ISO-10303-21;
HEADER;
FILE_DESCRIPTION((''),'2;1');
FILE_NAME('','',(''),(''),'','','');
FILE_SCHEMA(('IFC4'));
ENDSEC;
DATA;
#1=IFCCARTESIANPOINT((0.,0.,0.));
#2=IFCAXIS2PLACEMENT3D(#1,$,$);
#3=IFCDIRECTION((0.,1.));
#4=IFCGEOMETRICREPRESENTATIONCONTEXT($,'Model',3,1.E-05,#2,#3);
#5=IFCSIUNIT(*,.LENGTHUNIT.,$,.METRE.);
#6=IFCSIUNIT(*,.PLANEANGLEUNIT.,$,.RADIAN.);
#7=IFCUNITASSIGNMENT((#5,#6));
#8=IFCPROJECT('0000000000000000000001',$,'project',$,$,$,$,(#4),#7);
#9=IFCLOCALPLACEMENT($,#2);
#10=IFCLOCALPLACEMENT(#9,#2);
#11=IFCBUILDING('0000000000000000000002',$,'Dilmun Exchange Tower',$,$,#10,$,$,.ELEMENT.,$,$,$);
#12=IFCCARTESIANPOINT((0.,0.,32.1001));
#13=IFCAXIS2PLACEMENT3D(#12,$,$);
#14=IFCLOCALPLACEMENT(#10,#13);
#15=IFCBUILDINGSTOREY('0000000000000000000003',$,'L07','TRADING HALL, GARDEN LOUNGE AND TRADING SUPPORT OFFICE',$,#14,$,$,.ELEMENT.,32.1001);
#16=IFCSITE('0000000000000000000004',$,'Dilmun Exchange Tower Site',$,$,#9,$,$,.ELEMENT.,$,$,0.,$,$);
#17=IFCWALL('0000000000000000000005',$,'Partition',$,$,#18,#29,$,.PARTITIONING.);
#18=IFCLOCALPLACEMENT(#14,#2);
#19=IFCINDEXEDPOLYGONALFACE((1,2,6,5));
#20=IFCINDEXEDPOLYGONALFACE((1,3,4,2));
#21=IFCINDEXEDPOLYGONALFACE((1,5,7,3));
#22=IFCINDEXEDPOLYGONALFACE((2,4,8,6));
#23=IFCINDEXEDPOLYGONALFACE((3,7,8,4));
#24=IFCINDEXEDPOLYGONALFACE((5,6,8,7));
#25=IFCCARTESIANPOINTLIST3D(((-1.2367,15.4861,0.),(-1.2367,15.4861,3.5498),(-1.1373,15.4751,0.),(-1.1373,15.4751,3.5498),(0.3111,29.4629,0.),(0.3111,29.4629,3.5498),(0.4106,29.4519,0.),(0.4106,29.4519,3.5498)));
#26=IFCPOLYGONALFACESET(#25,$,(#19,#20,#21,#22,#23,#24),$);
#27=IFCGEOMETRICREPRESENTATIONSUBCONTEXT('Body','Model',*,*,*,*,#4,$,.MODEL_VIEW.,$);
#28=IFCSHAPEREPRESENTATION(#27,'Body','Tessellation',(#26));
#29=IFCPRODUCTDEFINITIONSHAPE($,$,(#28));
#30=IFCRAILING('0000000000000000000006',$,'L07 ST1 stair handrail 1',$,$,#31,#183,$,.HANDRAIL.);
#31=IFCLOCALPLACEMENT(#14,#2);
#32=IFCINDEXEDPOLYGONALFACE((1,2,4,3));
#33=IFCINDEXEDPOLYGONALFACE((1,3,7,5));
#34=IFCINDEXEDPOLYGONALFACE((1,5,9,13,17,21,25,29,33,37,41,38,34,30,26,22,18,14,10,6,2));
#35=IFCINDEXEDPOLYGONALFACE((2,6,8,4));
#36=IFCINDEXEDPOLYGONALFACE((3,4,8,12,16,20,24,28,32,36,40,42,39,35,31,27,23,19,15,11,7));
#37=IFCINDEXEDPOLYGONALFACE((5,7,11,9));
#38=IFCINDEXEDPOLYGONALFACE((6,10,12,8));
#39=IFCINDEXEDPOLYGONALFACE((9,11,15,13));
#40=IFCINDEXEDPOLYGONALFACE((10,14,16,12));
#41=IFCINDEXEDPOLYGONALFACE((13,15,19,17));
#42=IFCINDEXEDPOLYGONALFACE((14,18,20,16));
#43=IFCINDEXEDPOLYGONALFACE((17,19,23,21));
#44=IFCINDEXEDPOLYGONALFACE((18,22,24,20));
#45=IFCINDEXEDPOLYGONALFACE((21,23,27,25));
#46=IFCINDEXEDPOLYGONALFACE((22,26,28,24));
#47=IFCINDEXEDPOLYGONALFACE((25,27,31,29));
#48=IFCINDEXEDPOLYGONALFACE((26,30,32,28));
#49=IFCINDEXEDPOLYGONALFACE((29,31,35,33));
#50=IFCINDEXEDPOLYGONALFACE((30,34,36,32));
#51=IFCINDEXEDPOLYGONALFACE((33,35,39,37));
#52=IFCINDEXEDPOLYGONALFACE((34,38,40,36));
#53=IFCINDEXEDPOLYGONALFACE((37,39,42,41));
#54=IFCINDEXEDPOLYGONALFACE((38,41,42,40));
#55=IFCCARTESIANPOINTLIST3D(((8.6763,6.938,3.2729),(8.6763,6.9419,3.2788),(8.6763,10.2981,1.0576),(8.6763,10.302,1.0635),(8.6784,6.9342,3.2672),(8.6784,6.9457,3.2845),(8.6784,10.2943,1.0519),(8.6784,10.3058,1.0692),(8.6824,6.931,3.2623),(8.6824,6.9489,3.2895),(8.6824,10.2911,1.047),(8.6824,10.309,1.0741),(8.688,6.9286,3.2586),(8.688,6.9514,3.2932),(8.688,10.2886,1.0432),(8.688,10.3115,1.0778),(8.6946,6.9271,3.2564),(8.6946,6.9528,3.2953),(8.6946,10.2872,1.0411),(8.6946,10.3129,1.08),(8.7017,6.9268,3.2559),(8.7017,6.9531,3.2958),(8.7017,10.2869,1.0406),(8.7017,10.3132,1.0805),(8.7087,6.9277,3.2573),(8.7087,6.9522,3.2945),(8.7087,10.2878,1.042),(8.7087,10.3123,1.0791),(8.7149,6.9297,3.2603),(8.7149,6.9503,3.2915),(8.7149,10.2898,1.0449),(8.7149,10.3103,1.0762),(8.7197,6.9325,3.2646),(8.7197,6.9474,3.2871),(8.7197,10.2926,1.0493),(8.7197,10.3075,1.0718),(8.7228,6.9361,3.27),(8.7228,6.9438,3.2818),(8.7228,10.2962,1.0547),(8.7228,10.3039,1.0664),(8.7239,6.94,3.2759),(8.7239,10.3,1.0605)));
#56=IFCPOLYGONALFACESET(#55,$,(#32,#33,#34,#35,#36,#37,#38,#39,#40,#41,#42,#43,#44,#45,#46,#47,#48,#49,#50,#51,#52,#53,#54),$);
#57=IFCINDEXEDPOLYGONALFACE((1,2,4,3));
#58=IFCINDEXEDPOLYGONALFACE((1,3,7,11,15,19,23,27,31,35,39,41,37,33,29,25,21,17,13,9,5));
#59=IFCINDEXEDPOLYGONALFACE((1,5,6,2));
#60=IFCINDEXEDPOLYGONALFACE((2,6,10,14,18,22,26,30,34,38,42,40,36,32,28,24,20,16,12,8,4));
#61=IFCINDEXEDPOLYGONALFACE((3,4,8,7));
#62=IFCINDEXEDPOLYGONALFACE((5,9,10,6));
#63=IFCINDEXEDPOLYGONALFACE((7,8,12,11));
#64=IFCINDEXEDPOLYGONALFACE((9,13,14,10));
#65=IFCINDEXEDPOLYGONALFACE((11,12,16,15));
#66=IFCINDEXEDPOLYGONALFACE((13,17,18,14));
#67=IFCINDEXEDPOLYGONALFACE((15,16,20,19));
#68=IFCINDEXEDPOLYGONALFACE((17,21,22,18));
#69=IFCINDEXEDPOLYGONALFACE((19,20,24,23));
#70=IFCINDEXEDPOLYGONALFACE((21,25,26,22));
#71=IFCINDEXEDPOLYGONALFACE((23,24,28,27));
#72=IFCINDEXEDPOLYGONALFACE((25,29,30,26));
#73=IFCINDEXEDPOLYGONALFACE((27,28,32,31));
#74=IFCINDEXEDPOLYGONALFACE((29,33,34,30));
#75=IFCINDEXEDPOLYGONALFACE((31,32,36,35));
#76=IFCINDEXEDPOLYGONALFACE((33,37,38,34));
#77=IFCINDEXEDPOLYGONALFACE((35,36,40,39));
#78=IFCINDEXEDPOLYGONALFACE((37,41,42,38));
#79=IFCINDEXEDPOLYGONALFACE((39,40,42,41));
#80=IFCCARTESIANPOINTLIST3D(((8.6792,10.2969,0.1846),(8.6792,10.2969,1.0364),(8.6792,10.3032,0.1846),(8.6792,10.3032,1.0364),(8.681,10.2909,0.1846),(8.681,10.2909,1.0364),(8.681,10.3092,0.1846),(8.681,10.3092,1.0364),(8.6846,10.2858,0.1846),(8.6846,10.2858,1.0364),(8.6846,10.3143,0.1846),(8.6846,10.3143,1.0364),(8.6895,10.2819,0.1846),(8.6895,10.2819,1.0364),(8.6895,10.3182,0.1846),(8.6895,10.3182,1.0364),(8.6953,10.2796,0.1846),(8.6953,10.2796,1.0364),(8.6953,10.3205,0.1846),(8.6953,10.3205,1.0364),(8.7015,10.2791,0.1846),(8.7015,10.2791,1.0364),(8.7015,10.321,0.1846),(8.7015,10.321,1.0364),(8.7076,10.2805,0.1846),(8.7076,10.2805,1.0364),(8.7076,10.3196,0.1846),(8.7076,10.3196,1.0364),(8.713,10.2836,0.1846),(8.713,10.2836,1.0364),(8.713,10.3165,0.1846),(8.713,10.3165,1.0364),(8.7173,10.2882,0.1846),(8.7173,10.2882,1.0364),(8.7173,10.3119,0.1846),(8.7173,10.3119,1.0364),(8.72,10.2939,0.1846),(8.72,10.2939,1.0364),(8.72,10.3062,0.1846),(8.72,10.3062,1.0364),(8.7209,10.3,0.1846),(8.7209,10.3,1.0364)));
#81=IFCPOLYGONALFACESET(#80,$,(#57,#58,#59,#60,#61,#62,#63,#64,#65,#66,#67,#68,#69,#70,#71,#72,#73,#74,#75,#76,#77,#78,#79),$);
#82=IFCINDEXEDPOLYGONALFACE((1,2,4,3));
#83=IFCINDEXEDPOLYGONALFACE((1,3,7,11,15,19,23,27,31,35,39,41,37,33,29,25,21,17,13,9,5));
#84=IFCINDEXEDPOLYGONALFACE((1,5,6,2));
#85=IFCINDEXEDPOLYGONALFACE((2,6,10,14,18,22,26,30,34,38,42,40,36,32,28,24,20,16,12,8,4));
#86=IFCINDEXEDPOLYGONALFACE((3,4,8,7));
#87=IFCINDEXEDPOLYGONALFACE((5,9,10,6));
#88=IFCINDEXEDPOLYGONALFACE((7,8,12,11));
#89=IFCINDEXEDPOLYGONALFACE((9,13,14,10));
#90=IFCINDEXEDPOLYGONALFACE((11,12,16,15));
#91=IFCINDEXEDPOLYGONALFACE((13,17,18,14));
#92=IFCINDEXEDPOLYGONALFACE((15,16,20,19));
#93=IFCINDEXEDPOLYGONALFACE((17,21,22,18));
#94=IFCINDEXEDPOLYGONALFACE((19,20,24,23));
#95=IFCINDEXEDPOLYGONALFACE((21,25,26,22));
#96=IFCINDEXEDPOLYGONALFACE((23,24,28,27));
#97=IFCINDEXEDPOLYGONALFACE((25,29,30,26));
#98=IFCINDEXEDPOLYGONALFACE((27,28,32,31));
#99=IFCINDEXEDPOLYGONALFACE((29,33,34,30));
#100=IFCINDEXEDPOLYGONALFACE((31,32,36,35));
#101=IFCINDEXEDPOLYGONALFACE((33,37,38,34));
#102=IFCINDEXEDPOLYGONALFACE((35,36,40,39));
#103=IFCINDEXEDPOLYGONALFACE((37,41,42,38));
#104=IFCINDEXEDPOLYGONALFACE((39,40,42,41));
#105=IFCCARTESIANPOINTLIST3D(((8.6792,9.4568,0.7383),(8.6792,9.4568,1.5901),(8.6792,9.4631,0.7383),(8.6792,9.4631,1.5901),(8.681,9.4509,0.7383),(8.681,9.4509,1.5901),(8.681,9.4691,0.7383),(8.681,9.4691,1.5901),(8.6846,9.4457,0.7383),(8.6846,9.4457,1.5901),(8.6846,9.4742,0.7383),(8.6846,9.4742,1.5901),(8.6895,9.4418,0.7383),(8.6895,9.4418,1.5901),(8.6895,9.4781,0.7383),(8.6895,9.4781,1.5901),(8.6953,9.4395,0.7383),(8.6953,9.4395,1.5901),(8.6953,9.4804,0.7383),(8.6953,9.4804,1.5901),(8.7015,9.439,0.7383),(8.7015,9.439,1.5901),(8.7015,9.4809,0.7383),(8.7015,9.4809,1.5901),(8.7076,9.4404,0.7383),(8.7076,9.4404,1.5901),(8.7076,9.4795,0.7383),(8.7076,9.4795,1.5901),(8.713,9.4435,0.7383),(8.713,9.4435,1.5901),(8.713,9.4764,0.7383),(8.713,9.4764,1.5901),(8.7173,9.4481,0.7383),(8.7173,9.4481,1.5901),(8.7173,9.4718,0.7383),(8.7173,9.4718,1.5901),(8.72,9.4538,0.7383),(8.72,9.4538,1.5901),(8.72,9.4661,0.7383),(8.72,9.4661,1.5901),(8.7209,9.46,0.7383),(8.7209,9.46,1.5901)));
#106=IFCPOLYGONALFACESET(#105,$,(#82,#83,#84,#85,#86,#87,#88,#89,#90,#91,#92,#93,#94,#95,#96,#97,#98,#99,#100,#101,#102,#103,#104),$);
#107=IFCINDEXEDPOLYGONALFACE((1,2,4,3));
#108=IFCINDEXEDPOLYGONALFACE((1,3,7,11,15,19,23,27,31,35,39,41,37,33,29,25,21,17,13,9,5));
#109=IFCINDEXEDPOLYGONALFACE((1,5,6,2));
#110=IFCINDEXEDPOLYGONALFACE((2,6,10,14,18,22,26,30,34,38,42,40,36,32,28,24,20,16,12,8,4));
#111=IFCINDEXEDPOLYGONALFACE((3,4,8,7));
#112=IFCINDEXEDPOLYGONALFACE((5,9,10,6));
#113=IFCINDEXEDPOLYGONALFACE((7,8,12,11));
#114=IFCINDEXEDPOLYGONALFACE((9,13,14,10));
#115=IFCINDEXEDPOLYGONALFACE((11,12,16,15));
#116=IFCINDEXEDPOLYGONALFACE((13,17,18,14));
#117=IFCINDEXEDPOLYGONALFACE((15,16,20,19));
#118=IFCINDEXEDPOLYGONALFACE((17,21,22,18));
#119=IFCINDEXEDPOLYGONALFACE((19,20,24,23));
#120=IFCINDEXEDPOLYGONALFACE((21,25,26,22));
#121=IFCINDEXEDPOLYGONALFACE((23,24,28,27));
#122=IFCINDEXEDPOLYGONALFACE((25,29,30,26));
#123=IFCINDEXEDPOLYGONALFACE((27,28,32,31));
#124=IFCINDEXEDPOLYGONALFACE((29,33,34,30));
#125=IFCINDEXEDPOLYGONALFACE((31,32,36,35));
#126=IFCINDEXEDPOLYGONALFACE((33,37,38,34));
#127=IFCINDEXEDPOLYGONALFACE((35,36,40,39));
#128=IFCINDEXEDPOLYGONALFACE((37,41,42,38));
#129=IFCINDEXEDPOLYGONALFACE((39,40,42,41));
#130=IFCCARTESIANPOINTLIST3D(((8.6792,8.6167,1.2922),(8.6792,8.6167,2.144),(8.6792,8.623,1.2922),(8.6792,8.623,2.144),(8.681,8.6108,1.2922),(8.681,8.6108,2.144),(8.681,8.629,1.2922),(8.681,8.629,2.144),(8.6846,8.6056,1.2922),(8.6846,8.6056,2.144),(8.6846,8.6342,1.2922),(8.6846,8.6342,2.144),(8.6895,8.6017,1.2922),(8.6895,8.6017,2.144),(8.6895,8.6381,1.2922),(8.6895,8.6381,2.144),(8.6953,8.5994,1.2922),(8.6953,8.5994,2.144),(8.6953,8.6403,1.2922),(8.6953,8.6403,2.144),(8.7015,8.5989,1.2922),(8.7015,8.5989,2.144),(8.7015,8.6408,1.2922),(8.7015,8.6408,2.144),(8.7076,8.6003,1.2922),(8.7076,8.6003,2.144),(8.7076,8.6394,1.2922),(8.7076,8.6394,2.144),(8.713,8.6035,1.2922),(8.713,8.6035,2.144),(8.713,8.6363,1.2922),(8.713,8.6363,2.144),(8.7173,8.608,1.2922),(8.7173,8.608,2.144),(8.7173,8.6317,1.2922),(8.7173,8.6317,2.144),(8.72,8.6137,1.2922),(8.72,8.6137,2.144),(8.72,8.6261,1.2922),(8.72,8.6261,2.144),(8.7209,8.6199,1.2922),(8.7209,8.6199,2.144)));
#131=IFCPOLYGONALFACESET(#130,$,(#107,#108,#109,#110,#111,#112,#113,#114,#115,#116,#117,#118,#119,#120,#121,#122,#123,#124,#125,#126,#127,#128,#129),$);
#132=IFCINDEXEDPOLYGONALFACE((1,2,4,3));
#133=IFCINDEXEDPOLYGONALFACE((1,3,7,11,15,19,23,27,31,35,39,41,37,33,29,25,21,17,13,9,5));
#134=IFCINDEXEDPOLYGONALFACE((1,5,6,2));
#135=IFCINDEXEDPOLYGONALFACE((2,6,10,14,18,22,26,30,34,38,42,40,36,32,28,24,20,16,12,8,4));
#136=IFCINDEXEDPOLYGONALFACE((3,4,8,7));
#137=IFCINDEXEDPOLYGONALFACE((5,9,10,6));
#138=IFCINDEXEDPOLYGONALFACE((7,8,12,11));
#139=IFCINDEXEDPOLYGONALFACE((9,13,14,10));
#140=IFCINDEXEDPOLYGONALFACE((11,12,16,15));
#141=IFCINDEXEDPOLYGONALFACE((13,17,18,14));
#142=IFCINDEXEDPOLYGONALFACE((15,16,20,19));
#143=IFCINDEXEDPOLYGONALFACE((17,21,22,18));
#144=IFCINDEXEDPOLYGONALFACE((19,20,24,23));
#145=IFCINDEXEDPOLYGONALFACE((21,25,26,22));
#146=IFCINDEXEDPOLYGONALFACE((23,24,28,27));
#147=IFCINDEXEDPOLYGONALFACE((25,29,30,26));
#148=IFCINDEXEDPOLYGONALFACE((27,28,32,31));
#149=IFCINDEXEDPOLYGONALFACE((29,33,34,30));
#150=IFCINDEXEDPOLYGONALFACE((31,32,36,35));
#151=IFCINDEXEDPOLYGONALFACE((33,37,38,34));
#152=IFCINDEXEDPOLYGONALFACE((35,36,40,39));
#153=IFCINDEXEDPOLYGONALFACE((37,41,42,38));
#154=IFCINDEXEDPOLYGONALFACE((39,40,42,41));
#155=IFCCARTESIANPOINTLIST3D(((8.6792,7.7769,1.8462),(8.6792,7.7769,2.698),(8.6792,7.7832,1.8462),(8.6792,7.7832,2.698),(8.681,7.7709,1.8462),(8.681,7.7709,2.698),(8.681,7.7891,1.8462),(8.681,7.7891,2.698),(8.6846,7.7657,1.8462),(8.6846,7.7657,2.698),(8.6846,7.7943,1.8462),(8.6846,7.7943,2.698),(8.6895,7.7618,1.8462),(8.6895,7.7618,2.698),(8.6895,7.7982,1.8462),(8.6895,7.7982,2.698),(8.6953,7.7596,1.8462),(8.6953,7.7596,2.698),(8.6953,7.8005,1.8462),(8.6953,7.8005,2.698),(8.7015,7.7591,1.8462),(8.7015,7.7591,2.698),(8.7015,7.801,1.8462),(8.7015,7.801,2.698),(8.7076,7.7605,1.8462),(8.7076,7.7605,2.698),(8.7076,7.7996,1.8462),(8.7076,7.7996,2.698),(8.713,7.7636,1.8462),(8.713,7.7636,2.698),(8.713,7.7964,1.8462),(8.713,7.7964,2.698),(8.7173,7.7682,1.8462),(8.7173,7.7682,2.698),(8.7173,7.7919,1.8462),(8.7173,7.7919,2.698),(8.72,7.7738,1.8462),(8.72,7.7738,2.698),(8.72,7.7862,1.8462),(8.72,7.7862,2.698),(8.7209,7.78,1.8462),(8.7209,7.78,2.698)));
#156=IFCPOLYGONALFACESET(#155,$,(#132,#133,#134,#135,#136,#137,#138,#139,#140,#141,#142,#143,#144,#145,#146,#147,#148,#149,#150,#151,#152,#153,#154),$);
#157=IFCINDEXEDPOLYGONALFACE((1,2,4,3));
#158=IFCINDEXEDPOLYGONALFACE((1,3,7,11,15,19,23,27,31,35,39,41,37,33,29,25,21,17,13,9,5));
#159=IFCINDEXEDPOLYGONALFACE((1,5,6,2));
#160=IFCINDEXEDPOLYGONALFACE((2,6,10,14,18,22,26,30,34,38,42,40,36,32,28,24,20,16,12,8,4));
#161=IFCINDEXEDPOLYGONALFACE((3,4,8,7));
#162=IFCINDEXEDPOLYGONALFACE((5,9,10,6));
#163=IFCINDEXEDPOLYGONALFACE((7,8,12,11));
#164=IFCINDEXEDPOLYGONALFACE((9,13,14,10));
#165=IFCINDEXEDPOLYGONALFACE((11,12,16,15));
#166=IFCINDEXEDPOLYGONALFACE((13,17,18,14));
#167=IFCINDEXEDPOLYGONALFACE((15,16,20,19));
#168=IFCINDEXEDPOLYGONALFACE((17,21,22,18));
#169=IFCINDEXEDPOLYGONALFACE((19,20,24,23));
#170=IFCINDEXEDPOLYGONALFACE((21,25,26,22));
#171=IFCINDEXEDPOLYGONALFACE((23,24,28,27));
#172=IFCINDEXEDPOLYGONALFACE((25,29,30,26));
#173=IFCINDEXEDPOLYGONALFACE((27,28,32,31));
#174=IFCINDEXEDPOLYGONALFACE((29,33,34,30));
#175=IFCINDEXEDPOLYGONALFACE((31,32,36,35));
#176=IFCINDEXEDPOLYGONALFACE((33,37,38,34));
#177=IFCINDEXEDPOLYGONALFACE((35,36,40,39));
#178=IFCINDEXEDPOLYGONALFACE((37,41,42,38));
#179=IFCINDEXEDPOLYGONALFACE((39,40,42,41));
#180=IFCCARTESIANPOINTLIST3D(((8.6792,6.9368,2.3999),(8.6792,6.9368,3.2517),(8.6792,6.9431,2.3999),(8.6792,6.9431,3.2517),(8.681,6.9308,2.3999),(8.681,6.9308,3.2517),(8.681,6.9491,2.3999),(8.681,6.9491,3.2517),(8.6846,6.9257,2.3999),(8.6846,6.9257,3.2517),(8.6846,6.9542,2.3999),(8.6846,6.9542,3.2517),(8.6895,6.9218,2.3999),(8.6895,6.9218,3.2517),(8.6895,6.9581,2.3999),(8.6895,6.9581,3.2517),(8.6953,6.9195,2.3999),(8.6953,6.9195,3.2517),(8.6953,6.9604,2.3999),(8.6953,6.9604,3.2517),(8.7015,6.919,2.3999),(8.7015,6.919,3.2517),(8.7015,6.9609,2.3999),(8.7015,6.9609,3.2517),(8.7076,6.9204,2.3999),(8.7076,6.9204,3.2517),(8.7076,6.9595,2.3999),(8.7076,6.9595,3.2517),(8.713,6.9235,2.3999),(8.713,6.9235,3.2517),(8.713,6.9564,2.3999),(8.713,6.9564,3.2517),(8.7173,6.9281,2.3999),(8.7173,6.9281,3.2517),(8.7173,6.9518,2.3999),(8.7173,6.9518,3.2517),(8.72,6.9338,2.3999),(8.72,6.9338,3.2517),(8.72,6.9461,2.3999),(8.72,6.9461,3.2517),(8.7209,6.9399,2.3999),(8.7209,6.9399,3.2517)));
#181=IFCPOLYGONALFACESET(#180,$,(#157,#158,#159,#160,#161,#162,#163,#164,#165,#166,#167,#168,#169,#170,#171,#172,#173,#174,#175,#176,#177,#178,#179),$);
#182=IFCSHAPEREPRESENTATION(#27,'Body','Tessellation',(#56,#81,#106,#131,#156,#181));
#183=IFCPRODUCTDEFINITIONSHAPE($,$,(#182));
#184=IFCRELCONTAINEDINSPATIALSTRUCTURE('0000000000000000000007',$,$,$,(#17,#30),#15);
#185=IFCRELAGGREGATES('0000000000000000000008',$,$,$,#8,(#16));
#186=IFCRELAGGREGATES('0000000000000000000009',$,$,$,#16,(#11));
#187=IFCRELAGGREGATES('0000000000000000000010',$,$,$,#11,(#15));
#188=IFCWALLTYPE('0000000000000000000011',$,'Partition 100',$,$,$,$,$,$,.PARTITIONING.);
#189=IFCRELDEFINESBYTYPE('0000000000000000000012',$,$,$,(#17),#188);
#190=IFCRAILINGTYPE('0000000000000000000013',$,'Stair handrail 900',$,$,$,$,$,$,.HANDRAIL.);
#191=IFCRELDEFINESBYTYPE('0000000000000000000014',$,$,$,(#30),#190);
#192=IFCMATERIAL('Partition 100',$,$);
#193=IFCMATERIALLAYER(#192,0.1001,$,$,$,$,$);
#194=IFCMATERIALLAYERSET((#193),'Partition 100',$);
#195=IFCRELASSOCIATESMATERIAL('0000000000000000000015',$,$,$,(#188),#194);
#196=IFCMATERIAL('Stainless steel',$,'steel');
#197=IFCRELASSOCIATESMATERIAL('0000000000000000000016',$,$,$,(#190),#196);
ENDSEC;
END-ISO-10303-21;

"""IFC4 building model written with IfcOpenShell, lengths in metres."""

from ifc_helpers import new_model, si_unit, direction, frame, frame_2d, origin, origin_2d, place, context, subcontext, project, spatial, rectangle, circle, extrude, material, layer, layer_set, type_object, element, save


model = new_model("IFC4")

# Units and contexts
model_context = context("Model", 3, precision=1e-05, world=origin(), true_north=direction((0.0, 1.0)))
body_context = subcontext(model_context, "Body", "Model", "MODEL_VIEW")
ifc_project = project(units=[si_unit("LENGTHUNIT", "METRE"), si_unit("PLANEANGLEUNIT", "RADIAN")], contexts=[model_context])

# Site, building, storey
site_placement = place(None, origin())
site = spatial("IfcSite", under=ifc_project, at=site_placement, Name="Dilmun Exchange Tower Site", CompositionType="ELEMENT", RefElevation=0.0)
building_placement = place(site_placement, origin())
building = spatial("IfcBuilding", under=site, at=building_placement, Name="Dilmun Exchange Tower", CompositionType="ELEMENT")
storey_placement = place(building_placement, frame((0.0, 0.0, 32.1001)))
storey = spatial("IfcBuildingStorey", under=building, at=storey_placement, Name="L07", Description="TRADING HALL, GARDEN LOUNGE AND TRADING SUPPORT OFFICE", CompositionType="ELEMENT", Elevation=32.1001)

# Wall
ifc_material_1 = material(Name="Partition 100")
ifc_layer_1 = layer(ifc_material_1, 0.1001)
ifc_layer_set_1 = layer_set([ifc_layer_1], Name="Partition 100")
wall_type_1 = type_object("IfcWallType", Name="Partition 100", PredefinedType="PARTITIONING", material=ifc_layer_set_1)
wall_1_placement = place(storey_placement, frame((-1.187, 15.4805, 0.0), z_axis=(0.0, 0.0, 1.0), x_axis=(0.110071, 0.993924, 0.0)))
element("IfcWall", 1, at=wall_1_placement, inside=storey, type_object=wall_type_1, Name="Partition", PredefinedType="PARTITIONING", context=body_context, shape_type="SweptSolid", body=[
    extrude(rectangle(XDim=14.0623, YDim=0.1001, at=frame_2d((7.0312, 0.0))), origin(), (0.0, 0.0, 1.0), 3.5498),
])

# Railing
ifc_material_2 = material(Name="Stainless steel", Category="steel")
railing_type = type_object("IfcRailingType", Name="Stair handrail 900", PredefinedType="HANDRAIL", material=ifc_material_2)
railing_placement = place(storey_placement, frame((8.7, 10.3, 0.1846)))
element("IfcRailing", 2, at=railing_placement, inside=storey, type_object=railing_type, Name="L07 ST1 stair handrail 1", PredefinedType="HANDRAIL", context=body_context, shape_type="SweptSolid", body=[
    extrude(circle(Radius=0.0239, at=origin_2d()), frame((0.0, 0.0, 0.876), z_axis=(0.0, -0.834876, 0.550437), x_axis=(1.0, 0.0, 0.0)), (0.0, 0.0, 1.0), 4.0247),
    extrude(circle(Radius=0.021, at=origin_2d()), origin(), (0.0, 0.0, 1.0), 0.8518),
    extrude(circle(Radius=0.021, at=origin_2d()), frame((0.0, -0.8401, 0.5537)), (0.0, 0.0, 1.0), 0.8518),
    extrude(circle(Radius=0.021, at=origin_2d()), frame((0.0, -1.6802, 1.1077)), (0.0, 0.0, 1.0), 0.8518),
    extrude(circle(Radius=0.021, at=origin_2d()), frame((0.0, -2.52, 1.6616)), (0.0, 0.0, 1.0), 0.8518),
    extrude(circle(Radius=0.021, at=origin_2d()), frame((0.0, -3.3601, 2.2153)), (0.0, 0.0, 1.0), 0.8518),
])

save(model, "model.ifc")
